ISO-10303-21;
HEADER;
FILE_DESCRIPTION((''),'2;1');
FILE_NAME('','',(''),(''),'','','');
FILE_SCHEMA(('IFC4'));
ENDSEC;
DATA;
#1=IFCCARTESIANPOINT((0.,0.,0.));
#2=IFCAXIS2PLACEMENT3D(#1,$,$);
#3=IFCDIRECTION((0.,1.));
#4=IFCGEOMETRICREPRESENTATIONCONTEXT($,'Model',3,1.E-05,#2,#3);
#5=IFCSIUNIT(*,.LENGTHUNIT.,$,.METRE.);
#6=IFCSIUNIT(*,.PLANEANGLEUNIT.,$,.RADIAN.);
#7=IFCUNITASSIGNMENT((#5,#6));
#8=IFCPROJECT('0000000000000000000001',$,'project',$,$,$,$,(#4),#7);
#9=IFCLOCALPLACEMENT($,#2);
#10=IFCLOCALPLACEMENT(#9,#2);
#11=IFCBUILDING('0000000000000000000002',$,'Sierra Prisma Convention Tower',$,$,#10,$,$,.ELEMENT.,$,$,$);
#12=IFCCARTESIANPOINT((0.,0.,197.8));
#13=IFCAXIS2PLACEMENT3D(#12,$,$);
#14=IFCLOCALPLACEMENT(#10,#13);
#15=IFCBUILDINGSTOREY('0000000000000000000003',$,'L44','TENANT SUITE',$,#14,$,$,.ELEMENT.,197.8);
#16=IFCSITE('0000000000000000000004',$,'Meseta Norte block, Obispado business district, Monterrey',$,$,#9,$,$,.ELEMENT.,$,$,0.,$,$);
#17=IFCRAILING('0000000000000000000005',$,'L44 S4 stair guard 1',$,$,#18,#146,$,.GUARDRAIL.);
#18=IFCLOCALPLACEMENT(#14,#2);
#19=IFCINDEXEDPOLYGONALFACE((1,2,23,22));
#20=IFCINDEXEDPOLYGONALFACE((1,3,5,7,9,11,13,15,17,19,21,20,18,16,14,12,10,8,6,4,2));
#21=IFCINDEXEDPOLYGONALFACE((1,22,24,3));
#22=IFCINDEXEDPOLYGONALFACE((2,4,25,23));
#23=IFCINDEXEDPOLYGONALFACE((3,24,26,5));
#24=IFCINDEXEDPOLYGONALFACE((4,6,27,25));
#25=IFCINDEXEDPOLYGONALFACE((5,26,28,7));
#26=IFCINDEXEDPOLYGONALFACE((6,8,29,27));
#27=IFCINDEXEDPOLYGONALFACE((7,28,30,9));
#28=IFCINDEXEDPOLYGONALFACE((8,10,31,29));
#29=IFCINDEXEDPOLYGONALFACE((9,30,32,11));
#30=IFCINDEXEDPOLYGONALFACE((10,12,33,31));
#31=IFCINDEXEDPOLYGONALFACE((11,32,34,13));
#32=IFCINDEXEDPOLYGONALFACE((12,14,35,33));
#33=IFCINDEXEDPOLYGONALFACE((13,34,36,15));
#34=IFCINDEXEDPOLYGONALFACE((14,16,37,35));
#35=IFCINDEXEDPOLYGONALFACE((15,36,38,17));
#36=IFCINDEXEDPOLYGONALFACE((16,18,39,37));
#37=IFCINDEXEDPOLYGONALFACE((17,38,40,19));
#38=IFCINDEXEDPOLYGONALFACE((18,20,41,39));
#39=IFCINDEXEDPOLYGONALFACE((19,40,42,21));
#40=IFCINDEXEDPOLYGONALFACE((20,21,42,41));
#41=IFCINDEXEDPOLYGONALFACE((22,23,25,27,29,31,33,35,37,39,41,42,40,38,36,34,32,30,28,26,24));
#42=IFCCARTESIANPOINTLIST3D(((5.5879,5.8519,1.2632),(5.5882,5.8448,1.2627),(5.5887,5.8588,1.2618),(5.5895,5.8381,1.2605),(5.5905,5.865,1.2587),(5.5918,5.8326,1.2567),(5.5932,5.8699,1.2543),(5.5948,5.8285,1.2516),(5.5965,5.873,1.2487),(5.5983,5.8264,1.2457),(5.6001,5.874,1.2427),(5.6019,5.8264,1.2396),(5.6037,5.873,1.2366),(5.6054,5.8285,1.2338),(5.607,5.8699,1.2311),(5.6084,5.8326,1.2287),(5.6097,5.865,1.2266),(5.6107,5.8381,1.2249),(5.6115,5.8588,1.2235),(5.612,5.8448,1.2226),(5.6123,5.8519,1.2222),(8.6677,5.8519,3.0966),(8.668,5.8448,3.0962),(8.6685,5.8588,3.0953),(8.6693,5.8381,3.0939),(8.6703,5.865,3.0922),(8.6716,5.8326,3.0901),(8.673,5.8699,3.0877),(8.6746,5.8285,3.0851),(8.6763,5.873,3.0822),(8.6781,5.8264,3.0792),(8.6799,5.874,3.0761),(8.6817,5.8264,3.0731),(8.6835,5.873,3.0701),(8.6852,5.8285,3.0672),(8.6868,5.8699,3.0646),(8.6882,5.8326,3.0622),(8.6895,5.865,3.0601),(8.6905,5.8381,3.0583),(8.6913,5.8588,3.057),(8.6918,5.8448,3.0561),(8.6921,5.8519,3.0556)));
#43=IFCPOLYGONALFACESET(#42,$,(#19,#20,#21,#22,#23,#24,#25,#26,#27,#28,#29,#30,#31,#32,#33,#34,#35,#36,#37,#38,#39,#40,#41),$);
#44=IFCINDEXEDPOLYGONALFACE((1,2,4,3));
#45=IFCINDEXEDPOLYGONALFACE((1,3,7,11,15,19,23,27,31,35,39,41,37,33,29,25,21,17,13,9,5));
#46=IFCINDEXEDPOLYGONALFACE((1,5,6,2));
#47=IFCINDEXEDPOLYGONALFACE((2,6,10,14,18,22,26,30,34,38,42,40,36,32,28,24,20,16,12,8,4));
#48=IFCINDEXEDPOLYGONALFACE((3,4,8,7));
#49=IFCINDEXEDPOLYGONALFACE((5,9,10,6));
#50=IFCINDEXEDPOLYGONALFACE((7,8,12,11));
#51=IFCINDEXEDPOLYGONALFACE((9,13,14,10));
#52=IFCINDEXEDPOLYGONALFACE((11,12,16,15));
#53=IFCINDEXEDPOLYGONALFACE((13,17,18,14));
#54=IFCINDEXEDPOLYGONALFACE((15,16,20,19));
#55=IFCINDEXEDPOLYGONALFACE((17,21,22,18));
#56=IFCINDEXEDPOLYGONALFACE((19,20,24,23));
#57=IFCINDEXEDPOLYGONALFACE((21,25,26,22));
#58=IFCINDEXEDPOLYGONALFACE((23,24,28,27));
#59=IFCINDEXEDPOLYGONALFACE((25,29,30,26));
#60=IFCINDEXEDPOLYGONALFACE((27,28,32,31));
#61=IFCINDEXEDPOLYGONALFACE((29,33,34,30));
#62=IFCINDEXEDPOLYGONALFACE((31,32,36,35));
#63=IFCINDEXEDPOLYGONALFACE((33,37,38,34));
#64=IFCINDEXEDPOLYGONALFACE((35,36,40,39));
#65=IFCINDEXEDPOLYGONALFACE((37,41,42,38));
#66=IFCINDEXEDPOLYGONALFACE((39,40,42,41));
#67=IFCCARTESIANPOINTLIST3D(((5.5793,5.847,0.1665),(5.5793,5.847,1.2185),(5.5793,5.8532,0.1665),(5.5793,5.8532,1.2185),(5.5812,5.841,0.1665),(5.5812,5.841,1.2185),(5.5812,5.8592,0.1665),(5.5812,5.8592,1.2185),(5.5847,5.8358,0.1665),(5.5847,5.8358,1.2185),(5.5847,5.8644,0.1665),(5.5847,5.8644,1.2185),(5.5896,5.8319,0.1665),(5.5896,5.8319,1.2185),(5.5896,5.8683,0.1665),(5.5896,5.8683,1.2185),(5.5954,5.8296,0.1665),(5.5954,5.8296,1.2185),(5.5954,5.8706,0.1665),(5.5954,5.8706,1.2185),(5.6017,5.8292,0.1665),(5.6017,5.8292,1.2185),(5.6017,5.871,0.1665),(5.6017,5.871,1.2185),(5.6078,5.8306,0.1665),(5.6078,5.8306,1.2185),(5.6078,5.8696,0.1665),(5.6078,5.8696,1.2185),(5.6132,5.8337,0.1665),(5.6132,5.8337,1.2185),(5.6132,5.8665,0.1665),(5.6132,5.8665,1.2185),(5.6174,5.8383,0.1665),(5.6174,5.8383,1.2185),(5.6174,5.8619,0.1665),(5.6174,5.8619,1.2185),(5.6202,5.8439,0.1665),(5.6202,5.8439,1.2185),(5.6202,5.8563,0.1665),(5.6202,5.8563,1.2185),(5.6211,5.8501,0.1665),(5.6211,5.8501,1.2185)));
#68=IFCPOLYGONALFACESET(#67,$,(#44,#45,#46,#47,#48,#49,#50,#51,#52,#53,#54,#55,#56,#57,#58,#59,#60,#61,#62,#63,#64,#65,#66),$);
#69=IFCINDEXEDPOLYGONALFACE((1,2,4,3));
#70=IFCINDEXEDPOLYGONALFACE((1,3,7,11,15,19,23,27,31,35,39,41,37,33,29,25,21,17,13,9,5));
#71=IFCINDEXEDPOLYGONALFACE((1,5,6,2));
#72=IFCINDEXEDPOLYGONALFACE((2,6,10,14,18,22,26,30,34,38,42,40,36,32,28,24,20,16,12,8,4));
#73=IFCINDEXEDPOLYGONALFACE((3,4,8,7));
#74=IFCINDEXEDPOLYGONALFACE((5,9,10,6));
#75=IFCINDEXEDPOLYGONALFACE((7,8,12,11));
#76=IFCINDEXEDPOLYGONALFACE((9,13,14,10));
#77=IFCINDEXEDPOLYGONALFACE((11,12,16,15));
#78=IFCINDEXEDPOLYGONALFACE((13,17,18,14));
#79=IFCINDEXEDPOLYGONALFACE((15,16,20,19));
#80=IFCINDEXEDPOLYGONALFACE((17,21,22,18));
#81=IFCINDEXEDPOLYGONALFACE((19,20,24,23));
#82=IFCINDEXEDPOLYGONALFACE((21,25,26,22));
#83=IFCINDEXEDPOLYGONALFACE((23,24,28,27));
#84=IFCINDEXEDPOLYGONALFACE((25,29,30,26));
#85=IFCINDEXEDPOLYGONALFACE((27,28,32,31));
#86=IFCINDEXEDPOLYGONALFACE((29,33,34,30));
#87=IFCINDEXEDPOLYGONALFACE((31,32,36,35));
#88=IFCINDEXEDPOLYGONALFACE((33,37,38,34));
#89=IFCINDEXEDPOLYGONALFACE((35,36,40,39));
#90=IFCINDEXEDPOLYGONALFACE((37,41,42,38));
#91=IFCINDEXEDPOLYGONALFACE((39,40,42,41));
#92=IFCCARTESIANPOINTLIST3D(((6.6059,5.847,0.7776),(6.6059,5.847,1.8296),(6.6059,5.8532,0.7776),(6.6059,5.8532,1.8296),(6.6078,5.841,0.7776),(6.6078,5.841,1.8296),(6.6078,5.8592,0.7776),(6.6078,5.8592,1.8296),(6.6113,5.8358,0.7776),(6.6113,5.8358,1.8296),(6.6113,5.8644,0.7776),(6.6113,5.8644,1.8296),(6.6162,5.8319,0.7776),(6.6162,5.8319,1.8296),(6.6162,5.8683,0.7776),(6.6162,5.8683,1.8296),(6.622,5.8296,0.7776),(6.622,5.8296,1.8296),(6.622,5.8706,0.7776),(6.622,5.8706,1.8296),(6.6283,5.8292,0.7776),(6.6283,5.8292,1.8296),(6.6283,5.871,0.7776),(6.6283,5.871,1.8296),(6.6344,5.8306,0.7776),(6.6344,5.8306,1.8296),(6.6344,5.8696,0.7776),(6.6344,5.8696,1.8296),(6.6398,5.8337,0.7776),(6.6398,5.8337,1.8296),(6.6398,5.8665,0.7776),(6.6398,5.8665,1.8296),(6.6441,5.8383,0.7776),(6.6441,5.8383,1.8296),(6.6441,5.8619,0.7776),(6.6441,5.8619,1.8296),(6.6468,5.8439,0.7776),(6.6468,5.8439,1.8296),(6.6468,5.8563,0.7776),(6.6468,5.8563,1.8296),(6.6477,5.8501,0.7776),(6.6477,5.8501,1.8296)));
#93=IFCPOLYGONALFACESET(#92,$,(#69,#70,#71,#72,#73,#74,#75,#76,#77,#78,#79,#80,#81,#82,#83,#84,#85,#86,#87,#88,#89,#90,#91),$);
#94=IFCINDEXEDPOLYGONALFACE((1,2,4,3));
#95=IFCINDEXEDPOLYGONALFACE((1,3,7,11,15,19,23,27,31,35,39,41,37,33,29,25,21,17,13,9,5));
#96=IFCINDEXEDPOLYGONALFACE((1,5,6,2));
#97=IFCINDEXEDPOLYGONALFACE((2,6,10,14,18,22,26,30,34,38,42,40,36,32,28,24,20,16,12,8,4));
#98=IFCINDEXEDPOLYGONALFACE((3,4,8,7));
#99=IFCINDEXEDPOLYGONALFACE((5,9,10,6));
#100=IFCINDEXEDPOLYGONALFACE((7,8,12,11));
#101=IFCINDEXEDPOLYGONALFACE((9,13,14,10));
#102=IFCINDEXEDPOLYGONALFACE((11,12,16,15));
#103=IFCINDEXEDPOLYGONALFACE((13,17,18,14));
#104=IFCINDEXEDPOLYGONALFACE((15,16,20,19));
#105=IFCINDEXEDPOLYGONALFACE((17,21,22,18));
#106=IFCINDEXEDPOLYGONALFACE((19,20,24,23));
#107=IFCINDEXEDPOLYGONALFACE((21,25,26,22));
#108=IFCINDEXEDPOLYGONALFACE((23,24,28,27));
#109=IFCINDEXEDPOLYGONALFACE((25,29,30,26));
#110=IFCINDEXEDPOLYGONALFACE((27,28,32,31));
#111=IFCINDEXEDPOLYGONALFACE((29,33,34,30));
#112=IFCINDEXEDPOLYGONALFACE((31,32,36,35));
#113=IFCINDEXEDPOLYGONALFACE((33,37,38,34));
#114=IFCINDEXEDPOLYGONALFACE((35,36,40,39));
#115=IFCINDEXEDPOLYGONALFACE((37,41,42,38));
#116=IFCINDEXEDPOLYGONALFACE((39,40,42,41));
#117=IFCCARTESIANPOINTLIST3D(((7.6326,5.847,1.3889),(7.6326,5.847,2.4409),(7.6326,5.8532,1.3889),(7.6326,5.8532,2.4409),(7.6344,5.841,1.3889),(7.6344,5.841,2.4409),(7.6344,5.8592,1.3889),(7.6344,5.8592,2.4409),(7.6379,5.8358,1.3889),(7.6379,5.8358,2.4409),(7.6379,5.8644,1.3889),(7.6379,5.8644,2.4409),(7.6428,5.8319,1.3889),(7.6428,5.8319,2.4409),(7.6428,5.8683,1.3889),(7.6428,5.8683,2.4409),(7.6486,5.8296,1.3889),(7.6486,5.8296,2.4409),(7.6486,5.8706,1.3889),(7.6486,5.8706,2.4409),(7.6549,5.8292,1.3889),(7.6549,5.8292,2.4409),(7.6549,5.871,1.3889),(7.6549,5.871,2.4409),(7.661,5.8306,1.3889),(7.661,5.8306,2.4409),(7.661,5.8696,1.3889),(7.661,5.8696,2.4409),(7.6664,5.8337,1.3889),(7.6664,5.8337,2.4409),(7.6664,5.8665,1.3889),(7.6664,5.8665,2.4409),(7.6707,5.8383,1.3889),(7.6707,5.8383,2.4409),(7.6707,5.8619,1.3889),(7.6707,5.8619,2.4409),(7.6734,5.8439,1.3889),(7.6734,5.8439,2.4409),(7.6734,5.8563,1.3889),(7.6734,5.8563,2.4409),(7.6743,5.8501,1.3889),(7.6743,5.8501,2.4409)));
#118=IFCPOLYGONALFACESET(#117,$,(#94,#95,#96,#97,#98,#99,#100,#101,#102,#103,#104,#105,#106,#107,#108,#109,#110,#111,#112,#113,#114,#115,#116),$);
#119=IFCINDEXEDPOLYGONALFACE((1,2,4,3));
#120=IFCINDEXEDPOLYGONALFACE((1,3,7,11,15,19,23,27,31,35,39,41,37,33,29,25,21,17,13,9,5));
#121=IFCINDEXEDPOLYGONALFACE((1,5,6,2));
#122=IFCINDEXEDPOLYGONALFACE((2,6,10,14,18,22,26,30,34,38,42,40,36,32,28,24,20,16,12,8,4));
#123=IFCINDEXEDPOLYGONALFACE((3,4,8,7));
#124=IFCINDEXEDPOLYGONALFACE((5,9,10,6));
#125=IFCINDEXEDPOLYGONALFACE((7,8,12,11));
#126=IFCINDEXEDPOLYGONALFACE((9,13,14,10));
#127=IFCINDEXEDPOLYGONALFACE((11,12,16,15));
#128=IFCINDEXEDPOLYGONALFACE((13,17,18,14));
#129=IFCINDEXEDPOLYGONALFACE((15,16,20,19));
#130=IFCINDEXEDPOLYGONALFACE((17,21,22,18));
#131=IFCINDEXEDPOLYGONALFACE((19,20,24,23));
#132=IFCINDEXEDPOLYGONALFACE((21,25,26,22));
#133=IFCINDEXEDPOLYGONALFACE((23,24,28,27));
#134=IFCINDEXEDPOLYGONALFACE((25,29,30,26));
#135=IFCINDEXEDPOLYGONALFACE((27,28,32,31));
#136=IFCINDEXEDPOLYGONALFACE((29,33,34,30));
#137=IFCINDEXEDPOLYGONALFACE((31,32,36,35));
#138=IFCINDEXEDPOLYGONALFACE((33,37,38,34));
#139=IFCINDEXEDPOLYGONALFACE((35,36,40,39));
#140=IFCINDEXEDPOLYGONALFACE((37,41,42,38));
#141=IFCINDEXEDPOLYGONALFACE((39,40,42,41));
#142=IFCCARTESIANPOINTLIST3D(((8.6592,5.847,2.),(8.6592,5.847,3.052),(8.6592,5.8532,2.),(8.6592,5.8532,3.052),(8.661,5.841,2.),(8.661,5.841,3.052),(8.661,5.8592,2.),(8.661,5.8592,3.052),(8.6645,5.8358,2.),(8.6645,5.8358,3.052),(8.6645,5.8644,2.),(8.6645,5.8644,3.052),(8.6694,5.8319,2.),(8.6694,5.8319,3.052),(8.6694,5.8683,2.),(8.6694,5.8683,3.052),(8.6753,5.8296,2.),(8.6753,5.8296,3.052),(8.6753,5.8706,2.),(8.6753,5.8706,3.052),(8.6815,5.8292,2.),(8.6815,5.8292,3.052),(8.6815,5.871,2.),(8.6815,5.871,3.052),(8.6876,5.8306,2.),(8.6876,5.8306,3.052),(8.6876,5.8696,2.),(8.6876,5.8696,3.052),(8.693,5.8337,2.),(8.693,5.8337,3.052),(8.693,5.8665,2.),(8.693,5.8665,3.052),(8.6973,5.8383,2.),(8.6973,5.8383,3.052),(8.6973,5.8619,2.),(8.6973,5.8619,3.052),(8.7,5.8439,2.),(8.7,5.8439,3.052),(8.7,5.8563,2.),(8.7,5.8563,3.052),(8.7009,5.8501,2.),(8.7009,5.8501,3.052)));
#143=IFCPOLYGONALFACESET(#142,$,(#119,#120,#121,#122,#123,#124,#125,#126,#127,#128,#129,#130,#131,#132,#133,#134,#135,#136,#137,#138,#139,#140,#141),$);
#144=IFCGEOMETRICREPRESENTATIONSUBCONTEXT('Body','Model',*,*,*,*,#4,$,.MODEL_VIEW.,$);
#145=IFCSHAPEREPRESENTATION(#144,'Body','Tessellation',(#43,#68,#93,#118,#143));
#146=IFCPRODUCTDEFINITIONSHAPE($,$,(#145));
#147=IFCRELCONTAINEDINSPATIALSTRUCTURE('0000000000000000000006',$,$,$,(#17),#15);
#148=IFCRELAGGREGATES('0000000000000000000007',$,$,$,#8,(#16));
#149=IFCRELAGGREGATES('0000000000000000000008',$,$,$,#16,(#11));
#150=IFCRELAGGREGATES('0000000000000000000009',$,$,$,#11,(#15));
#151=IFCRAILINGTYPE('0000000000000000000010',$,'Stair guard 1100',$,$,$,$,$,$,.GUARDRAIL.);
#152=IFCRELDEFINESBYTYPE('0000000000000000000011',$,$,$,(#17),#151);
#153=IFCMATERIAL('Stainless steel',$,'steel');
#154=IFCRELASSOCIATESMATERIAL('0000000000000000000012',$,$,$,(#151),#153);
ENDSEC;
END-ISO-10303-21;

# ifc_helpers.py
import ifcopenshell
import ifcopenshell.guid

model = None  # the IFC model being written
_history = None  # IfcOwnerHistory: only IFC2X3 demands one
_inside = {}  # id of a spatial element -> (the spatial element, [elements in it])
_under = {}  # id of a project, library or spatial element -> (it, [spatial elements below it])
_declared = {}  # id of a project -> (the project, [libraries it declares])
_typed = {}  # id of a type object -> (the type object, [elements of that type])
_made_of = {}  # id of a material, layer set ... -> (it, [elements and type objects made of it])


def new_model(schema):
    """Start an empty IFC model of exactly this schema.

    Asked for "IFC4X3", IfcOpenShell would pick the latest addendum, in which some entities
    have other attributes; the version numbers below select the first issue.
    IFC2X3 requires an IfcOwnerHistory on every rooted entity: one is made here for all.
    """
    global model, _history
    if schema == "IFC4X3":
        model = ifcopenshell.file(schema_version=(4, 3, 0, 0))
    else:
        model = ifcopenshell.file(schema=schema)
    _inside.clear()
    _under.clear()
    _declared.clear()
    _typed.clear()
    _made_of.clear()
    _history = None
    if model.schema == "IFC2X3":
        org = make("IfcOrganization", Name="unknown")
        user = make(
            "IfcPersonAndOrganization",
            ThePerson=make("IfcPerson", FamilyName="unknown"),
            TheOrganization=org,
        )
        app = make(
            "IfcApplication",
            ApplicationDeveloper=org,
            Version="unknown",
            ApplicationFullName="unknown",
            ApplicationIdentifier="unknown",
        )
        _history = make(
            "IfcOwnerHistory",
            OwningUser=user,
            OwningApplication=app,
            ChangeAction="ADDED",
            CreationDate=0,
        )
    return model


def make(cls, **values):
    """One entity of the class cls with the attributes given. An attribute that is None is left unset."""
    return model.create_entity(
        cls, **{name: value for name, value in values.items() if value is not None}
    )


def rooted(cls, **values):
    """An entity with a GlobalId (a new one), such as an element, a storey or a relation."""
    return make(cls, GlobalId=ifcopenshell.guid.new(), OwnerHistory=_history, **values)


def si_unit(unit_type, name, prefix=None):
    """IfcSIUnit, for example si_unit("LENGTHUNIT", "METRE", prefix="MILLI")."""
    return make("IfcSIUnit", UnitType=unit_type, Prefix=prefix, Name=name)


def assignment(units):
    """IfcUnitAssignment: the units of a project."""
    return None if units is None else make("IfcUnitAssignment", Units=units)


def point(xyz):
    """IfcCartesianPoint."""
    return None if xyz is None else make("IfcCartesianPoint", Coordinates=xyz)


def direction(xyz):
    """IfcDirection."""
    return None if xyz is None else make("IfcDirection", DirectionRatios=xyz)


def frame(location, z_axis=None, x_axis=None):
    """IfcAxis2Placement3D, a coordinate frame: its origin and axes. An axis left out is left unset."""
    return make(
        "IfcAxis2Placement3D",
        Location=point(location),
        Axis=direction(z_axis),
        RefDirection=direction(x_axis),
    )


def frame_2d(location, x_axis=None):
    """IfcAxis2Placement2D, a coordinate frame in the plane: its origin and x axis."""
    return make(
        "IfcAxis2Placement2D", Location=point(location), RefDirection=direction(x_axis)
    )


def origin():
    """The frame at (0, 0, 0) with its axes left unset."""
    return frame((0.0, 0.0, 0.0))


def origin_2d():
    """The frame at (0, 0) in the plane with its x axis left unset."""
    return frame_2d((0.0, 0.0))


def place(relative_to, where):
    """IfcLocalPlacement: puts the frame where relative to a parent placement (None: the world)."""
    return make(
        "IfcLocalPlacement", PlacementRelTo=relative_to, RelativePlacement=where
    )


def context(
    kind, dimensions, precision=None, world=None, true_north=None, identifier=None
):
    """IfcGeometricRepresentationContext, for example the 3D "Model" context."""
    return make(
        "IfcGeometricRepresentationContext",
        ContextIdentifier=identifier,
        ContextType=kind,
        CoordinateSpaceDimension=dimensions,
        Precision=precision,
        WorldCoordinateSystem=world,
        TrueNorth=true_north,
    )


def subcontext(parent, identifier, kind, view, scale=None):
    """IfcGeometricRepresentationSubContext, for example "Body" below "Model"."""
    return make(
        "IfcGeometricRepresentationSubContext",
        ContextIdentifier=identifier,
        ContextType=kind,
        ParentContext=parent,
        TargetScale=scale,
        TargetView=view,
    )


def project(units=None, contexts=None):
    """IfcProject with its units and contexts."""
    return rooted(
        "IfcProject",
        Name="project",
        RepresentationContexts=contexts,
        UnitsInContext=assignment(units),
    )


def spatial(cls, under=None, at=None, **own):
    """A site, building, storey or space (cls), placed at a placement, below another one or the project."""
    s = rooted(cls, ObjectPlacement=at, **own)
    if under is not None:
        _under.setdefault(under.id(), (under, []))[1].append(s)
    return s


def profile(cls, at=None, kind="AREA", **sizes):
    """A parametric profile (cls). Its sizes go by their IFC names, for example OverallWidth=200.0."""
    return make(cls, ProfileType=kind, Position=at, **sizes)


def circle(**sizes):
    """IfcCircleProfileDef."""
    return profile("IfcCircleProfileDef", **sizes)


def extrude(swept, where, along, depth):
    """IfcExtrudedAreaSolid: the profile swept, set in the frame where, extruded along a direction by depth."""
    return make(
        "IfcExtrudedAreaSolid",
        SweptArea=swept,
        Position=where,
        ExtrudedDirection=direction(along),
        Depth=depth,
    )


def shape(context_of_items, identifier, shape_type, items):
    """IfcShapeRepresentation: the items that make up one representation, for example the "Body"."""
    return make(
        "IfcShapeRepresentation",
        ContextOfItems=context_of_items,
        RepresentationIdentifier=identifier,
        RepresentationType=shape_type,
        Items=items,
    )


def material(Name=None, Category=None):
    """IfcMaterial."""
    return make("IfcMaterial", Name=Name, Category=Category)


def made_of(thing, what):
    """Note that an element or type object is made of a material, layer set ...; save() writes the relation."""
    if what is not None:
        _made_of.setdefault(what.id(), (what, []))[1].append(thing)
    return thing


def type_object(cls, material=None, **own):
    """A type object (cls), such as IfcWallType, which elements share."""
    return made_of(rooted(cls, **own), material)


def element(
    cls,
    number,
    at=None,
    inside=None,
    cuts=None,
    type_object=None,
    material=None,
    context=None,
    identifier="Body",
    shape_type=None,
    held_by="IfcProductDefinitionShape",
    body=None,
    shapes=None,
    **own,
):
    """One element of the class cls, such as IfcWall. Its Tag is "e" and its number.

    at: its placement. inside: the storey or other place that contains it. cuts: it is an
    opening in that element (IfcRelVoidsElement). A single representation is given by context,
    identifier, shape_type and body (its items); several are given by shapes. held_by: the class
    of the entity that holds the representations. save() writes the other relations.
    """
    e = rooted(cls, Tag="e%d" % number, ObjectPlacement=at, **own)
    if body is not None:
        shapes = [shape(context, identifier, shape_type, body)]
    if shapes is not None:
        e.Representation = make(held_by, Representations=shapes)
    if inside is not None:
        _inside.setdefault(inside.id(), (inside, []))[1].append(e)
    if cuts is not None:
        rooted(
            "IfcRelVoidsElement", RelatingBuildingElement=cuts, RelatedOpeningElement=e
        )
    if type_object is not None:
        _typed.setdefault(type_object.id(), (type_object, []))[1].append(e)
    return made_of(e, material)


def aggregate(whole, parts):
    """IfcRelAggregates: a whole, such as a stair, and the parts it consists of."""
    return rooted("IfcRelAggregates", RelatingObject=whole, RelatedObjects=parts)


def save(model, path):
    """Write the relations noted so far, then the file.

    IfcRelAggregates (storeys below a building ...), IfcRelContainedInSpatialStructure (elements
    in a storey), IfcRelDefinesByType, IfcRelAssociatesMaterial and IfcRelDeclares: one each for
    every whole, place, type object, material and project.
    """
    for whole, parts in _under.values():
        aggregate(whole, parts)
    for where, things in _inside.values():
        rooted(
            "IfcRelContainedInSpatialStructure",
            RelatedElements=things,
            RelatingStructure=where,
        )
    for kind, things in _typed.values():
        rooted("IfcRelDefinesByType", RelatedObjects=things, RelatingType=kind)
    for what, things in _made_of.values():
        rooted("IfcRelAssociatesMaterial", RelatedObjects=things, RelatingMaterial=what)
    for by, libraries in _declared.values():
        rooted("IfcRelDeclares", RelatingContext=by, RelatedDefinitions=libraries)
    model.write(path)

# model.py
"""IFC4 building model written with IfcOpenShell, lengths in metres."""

from ifc_helpers import new_model, si_unit, direction, frame, origin, origin_2d, place, context, subcontext, project, spatial, circle, extrude, material, type_object, element, save


model = new_model("IFC4")

# Units and contexts
model_context = context("Model", 3, precision=1e-05, world=origin(), true_north=direction((0.0, 1.0)))
body_context = subcontext(model_context, "Body", "Model", "MODEL_VIEW")
ifc_project = project(units=[si_unit("LENGTHUNIT", "METRE"), si_unit("PLANEANGLEUNIT", "RADIAN")], contexts=[model_context])

# Site, building, storey
site_placement = place(None, origin())
site = spatial("IfcSite", under=ifc_project, at=site_placement, Name="Meseta Norte block, Obispado business district, Monterrey", CompositionType="ELEMENT", RefElevation=0.0)
building_placement = place(site_placement, origin())
building = spatial("IfcBuilding", under=site, at=building_placement, Name="Sierra Prisma Convention Tower", CompositionType="ELEMENT")
storey_placement = place(building_placement, frame((0.0, 0.0, 197.8)))
storey = spatial("IfcBuildingStorey", under=building, at=storey_placement, Name="L44", Description="TENANT SUITE", CompositionType="ELEMENT", Elevation=197.8)

# Railing
ifc_material_1 = material(Name="Stainless steel", Category="steel")
railing_type = type_object("IfcRailingType", Name="Stair guard 1100", PredefinedType="GUARDRAIL", material=ifc_material_1)
railing_1_placement = place(storey_placement, frame((5.6001, 5.8501, 0.1665)))
element("IfcRailing", 1, at=railing_1_placement, inside=storey, type_object=railing_type, Name="L44 S4 stair guard 1", PredefinedType="GUARDRAIL", context=body_context, shape_type="SweptSolid", body=[
    extrude(circle(Radius=0.0239, at=origin_2d()), frame((0.0, 0.0, 1.0762), z_axis=(0.859261, 0.0, 0.511538), x_axis=(0.0, 1.0, 0.0)), (0.0, 0.0, 1.0), 3.5842),
    extrude(circle(Radius=0.021, at=origin_2d()), origin(), (0.0, 0.0, 1.0), 1.052),
    extrude(circle(Radius=0.021, at=origin_2d()), frame((1.0266, 0.0, 0.6111)), (0.0, 0.0, 1.0), 1.052),
    extrude(circle(Radius=0.021, at=origin_2d()), frame((2.0532, 0.0, 1.2224)), (0.0, 0.0, 1.0), 1.052),
    extrude(circle(Radius=0.021, at=origin_2d()), frame((3.0798, 0.0, 1.8335)), (0.0, 0.0, 1.0), 1.052),
])

save(model, "model.ifc")
